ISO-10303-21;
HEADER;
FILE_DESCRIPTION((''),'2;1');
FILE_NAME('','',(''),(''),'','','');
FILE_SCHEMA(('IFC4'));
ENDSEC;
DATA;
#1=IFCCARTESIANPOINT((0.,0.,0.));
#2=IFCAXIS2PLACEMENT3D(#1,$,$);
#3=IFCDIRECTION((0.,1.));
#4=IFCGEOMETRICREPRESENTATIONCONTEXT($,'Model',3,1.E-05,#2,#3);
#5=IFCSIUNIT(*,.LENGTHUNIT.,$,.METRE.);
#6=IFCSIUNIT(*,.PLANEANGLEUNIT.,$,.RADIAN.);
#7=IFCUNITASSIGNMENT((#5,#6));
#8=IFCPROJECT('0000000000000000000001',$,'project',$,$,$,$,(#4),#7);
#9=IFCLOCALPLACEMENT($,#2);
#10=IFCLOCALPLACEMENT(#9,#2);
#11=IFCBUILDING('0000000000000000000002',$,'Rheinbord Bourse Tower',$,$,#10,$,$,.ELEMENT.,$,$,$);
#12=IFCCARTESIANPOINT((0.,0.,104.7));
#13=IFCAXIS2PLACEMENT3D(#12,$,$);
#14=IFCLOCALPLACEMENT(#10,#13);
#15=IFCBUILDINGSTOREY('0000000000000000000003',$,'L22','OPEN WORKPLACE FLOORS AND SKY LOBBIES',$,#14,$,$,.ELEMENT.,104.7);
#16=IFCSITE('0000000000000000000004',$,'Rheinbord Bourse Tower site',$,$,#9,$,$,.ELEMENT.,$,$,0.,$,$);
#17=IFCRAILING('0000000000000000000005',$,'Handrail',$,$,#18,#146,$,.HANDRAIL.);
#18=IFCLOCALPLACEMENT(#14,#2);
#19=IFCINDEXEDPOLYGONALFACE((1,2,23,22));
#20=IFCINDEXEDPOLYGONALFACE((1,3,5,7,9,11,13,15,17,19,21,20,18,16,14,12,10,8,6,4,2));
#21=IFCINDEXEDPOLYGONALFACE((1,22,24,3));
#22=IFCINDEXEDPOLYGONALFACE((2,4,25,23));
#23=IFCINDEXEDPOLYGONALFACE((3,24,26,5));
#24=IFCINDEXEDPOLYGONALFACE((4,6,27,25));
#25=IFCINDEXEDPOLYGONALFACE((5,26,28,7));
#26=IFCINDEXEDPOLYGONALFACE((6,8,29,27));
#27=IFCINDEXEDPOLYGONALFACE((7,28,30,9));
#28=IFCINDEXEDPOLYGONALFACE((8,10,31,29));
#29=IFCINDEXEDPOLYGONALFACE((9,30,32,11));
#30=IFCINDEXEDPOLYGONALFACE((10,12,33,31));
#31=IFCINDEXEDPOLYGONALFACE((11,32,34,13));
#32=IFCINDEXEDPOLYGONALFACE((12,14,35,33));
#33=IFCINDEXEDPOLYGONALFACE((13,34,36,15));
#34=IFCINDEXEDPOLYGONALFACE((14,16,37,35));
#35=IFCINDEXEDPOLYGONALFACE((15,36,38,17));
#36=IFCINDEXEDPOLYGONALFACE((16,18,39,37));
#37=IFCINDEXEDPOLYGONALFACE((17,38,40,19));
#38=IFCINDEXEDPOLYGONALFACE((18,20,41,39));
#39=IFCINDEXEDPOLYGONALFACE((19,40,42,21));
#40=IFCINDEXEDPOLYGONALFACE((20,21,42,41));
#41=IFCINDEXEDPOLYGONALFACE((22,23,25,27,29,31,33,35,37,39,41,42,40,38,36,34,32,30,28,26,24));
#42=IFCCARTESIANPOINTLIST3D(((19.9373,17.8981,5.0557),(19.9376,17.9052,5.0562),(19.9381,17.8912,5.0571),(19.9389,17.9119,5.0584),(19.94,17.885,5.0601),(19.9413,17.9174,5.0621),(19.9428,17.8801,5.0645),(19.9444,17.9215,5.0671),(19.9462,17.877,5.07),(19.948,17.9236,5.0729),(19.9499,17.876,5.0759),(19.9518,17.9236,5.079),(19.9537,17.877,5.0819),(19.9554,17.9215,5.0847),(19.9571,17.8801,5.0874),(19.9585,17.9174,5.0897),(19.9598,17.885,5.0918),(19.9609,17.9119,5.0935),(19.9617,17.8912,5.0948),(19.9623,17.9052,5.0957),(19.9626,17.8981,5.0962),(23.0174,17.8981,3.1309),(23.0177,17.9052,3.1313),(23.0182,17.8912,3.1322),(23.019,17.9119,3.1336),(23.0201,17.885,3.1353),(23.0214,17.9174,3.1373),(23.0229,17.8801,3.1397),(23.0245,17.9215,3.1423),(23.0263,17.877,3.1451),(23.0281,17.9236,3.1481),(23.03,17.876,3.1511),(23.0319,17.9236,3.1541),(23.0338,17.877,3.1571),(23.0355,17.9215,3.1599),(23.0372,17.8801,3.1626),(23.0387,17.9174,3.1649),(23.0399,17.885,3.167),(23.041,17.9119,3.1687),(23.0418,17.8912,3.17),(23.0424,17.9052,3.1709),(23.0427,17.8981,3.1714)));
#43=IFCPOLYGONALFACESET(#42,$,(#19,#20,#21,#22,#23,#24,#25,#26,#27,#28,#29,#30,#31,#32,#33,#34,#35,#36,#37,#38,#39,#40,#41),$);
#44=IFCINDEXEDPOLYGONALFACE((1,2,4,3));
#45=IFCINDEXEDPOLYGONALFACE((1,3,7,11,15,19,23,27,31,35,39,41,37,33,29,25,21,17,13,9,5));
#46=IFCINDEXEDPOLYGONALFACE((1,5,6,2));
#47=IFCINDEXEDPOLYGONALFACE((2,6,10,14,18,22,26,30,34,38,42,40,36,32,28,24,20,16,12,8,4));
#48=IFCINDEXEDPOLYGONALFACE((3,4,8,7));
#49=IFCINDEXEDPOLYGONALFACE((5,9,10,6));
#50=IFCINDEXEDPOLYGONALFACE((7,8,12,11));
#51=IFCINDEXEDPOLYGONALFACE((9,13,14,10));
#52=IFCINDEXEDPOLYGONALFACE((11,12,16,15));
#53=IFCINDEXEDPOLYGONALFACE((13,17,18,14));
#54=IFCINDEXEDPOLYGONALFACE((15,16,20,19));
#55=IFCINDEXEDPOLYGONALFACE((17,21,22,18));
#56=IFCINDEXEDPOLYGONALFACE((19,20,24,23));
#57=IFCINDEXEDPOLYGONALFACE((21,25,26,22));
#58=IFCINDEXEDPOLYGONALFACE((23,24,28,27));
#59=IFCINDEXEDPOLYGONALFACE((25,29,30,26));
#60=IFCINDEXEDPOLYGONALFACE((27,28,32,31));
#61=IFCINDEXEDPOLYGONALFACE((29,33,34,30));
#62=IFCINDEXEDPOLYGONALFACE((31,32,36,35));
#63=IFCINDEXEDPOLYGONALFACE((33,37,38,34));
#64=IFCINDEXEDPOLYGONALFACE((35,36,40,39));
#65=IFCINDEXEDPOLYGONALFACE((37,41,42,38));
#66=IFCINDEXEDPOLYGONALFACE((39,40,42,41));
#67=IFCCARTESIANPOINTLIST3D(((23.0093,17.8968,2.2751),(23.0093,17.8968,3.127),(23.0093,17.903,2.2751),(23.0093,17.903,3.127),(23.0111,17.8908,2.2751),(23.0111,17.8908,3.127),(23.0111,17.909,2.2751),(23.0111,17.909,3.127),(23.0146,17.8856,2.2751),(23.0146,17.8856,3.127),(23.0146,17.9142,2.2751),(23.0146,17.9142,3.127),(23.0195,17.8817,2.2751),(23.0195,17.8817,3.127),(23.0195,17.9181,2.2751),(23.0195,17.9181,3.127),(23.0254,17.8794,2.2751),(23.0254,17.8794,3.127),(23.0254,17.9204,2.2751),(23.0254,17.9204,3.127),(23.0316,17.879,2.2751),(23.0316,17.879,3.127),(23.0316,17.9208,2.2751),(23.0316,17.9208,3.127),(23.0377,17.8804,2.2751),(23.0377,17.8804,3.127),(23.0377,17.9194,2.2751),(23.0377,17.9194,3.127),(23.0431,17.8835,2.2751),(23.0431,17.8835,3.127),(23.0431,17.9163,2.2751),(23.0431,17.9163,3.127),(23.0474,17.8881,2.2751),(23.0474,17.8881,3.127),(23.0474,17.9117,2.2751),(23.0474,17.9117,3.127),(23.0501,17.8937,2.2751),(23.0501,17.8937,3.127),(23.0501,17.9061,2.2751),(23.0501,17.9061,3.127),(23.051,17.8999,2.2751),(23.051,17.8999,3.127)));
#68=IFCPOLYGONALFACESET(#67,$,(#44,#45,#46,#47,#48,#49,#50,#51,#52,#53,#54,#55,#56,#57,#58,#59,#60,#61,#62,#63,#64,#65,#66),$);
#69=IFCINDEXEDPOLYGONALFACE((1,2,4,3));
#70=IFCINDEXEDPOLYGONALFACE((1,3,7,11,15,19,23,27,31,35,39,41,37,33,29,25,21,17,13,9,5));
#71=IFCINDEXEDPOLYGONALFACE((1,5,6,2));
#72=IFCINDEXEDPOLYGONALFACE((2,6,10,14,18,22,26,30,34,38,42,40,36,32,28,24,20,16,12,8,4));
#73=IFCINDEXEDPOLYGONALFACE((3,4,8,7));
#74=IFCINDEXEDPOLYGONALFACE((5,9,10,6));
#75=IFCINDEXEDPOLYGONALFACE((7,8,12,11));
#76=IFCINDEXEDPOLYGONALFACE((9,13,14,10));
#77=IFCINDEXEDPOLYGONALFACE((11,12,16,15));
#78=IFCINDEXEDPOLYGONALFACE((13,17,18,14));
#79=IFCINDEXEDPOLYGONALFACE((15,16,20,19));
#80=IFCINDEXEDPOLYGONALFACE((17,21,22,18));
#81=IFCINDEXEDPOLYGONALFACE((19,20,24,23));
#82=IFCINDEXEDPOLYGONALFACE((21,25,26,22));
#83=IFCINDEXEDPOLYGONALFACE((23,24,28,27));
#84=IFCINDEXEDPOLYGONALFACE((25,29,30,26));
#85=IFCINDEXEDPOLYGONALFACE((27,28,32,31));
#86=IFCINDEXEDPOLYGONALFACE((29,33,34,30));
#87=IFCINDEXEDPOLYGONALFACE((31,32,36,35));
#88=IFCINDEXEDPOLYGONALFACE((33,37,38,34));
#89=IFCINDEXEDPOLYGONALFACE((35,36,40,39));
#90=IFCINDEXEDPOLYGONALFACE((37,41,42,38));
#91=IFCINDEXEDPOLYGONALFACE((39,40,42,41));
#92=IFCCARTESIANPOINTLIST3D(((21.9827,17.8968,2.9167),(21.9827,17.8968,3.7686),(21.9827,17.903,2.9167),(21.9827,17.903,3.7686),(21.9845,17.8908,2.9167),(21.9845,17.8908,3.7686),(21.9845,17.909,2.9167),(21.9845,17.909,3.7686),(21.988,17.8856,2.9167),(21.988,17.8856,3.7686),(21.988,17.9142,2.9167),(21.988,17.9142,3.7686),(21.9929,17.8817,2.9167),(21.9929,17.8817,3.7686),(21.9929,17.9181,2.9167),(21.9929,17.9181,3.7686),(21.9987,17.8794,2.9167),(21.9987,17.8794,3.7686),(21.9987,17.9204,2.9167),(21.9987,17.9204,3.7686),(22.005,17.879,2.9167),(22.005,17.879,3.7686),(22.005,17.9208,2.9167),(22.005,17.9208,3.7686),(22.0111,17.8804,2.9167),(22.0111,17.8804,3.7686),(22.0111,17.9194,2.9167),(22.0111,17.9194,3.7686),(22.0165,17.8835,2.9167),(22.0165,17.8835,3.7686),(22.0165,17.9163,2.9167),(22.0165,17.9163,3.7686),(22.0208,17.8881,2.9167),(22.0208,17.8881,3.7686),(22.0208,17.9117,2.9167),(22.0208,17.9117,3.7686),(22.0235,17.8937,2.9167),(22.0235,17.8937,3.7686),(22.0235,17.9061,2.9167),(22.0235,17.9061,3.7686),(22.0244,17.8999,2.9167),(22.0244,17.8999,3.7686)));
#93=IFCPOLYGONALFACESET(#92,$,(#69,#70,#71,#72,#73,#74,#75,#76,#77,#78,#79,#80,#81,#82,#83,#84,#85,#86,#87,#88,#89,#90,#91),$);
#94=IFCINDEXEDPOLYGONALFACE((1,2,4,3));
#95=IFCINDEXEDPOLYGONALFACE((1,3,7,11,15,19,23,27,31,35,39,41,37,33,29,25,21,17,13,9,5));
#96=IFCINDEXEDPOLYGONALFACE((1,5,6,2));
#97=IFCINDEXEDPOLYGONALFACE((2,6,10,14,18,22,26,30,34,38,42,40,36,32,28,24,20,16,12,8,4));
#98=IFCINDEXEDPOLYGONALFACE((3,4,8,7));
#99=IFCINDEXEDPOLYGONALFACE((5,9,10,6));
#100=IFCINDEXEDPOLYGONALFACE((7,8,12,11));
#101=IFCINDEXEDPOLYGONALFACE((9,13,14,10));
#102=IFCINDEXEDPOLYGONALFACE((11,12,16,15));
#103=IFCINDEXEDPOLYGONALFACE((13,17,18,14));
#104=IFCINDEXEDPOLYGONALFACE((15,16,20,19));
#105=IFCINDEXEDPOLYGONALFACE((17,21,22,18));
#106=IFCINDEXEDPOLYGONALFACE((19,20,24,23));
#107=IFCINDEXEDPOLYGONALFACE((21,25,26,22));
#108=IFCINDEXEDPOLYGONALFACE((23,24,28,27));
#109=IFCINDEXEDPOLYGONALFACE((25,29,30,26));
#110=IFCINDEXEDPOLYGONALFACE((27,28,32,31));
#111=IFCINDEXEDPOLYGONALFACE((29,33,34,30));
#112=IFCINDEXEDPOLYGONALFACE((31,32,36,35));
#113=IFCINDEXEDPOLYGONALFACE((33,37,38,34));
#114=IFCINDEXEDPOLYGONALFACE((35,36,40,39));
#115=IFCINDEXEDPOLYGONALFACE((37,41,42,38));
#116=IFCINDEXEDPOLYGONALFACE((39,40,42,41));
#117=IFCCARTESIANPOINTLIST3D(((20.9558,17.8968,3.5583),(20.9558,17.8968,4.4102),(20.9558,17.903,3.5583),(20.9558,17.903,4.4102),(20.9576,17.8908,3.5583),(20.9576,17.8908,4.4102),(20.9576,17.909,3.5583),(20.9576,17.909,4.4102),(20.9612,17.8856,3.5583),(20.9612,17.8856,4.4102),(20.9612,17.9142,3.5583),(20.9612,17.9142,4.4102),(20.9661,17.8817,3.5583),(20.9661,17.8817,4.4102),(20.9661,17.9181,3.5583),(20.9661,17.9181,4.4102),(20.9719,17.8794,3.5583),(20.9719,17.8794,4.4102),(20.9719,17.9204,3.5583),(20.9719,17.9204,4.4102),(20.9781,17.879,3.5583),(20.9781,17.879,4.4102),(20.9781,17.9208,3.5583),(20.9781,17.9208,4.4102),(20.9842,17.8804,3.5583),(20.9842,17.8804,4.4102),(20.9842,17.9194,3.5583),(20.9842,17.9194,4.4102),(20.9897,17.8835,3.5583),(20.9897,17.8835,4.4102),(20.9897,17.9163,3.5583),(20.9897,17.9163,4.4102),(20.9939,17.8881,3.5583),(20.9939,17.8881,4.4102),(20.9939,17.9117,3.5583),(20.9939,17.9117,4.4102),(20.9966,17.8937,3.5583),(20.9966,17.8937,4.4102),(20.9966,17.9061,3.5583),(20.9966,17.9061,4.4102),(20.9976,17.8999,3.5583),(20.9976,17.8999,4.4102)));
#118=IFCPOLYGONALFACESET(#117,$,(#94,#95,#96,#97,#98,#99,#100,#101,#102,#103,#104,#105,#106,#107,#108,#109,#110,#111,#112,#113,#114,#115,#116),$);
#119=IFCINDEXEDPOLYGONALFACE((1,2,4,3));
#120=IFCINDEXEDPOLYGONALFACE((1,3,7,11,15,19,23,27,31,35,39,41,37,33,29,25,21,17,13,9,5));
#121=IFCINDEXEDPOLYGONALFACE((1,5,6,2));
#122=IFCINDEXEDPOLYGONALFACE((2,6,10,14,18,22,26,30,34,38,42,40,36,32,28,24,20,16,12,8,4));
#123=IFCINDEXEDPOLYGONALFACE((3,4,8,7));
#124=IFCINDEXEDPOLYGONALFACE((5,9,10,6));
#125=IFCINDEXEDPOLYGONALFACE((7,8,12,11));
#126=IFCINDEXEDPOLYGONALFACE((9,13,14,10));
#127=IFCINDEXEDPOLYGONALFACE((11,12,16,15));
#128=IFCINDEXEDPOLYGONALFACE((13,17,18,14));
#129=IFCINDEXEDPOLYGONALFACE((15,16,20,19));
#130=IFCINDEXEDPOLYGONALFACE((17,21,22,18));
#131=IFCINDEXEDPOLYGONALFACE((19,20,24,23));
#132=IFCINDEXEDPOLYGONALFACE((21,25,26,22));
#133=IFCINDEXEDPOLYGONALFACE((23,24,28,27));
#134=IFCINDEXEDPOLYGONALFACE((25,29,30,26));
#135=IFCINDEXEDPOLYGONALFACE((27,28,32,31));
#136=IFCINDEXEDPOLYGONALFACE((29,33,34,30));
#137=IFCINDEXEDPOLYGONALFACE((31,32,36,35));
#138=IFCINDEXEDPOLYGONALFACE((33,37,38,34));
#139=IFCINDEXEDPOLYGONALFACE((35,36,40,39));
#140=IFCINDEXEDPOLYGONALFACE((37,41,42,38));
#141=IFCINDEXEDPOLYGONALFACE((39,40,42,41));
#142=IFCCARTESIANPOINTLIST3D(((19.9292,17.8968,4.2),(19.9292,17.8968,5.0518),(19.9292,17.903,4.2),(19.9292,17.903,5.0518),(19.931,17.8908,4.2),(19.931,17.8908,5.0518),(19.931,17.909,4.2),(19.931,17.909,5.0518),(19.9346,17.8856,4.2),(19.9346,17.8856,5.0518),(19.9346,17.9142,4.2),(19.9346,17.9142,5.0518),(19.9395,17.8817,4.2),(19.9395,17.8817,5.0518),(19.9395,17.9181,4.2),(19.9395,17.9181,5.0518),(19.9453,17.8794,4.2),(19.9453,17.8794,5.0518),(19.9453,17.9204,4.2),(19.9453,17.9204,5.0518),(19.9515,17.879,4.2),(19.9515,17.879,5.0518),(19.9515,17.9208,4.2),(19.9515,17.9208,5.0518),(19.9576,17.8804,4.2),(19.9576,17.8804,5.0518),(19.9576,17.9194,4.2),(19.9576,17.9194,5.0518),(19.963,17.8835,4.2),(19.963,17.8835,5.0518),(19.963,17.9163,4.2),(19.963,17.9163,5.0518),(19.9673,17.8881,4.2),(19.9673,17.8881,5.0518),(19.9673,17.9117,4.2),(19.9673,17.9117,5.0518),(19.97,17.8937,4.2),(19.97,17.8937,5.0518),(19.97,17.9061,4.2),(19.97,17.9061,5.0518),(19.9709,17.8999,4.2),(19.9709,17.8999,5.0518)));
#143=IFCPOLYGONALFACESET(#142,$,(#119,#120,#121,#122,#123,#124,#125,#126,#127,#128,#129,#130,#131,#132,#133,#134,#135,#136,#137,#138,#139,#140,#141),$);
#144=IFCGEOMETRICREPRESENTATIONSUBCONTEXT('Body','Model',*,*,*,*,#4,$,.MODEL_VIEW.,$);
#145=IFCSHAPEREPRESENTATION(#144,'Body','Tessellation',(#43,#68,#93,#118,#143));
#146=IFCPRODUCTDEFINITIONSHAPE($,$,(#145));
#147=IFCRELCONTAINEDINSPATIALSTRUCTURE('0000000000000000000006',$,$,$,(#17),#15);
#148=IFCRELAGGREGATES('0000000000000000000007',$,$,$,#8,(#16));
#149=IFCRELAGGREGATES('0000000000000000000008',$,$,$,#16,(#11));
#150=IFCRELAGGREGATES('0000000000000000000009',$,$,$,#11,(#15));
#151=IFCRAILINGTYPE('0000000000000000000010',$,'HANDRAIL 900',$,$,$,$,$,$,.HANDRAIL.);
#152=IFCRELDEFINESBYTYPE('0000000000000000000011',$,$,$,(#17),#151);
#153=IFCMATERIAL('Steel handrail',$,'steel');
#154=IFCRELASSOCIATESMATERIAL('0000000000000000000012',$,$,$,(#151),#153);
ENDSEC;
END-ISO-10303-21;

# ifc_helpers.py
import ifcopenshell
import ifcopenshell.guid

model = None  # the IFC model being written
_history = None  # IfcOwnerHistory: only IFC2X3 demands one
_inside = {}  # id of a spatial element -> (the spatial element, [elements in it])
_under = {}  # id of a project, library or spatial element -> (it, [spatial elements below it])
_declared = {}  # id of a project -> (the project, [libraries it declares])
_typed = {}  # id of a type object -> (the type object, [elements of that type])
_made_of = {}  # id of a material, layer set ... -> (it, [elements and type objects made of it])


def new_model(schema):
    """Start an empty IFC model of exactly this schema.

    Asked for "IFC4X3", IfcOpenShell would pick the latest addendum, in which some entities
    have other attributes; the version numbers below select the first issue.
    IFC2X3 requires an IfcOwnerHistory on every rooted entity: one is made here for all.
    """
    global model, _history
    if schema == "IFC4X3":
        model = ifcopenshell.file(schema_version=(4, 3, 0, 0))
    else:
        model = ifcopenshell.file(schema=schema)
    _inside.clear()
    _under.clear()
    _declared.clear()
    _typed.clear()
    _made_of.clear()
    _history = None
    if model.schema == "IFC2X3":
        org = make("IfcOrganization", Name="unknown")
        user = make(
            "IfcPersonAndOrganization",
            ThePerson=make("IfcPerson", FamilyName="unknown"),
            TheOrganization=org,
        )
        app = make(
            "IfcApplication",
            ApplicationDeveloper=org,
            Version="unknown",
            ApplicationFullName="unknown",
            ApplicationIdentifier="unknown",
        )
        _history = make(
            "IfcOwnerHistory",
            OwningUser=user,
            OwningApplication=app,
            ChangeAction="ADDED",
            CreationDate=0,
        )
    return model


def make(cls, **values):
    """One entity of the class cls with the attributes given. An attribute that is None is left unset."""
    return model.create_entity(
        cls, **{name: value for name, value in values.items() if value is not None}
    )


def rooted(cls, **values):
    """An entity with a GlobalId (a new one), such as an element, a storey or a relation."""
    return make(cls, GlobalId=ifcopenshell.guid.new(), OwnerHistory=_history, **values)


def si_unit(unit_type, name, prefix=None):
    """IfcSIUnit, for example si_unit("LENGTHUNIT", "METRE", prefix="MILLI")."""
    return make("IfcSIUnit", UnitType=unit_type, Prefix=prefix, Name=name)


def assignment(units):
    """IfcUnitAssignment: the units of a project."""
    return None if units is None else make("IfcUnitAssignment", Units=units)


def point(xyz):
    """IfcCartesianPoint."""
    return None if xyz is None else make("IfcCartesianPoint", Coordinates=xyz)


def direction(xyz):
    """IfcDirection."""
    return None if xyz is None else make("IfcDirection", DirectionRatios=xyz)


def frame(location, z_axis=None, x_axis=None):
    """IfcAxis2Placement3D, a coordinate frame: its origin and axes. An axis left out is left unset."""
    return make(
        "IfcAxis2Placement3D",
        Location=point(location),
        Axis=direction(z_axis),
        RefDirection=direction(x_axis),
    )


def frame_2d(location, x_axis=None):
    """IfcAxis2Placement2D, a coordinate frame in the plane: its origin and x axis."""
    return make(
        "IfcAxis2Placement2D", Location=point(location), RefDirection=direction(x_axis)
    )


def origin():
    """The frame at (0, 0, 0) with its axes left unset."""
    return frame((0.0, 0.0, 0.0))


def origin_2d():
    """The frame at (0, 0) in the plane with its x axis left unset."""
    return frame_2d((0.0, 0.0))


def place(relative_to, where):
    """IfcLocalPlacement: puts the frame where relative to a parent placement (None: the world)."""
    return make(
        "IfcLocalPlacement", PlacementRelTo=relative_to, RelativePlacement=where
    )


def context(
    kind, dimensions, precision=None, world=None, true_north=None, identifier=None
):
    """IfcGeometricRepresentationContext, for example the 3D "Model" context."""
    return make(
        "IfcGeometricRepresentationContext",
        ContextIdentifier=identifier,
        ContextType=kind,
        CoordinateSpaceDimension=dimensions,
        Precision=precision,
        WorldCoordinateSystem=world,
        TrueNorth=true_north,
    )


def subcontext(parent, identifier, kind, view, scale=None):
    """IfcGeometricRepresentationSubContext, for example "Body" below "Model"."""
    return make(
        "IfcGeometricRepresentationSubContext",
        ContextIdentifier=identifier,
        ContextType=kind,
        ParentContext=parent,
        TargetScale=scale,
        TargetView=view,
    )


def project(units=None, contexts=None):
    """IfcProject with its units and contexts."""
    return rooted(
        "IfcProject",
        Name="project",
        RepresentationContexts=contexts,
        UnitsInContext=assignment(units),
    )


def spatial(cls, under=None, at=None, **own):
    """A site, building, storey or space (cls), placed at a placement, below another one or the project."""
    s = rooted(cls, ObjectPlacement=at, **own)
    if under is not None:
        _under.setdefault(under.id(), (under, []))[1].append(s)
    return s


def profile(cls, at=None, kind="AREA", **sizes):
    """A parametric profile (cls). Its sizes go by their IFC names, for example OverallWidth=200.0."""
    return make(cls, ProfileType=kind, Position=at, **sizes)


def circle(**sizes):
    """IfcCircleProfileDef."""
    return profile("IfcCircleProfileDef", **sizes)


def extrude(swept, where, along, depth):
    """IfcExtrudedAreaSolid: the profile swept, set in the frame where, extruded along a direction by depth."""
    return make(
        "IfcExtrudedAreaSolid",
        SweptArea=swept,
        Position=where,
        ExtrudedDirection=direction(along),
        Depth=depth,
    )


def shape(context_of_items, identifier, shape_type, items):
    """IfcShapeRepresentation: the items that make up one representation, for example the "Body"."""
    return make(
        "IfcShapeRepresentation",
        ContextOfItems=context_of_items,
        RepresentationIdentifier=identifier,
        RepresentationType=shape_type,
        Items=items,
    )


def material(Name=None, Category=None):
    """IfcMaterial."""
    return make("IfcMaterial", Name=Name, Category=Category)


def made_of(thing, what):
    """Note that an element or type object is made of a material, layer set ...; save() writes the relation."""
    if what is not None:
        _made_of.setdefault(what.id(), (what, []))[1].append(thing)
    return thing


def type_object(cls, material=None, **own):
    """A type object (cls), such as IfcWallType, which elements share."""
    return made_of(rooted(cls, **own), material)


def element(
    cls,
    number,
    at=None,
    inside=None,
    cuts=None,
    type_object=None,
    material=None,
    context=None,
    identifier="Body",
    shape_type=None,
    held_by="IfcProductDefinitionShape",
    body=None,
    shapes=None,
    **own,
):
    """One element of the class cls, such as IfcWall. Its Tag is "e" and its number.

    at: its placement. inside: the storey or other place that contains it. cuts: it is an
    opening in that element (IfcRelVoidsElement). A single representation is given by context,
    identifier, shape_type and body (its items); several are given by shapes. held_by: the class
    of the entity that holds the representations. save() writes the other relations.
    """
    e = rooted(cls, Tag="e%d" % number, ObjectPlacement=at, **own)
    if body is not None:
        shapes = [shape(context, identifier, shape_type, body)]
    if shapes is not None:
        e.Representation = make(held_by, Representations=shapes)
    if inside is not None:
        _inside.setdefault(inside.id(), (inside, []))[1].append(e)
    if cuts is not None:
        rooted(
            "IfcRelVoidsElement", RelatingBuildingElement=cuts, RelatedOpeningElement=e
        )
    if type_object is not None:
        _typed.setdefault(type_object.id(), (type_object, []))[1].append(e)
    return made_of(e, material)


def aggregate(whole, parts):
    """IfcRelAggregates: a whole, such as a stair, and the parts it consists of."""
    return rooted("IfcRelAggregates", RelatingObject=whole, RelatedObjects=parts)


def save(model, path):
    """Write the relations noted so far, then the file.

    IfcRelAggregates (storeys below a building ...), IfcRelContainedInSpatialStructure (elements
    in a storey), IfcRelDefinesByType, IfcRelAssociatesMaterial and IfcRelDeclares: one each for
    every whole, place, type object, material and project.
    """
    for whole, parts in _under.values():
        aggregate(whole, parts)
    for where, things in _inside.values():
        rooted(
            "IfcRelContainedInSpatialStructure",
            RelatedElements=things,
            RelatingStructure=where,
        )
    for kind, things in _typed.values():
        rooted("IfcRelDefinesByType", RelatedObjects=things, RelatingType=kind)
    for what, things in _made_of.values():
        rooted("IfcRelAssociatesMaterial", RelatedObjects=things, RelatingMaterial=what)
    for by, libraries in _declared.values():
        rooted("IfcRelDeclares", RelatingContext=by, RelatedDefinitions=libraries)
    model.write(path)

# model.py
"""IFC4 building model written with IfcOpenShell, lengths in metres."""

from ifc_helpers import new_model, si_unit, direction, frame, origin, origin_2d, place, context, subcontext, project, spatial, circle, extrude, material, type_object, element, save


model = new_model("IFC4")

# Units and contexts
model_context = context("Model", 3, precision=1e-05, world=origin(), true_north=direction((0.0, 1.0)))
body_context = subcontext(model_context, "Body", "Model", "MODEL_VIEW")
ifc_project = project(units=[si_unit("LENGTHUNIT", "METRE"), si_unit("PLANEANGLEUNIT", "RADIAN")], contexts=[model_context])

# Site, building, storey
site_placement = place(None, origin())
site = spatial("IfcSite", under=ifc_project, at=site_placement, Name="Rheinbord Bourse Tower site", CompositionType="ELEMENT", RefElevation=0.0)
building_placement = place(site_placement, origin())
building = spatial("IfcBuilding", under=site, at=building_placement, Name="Rheinbord Bourse Tower", CompositionType="ELEMENT")
storey_placement = place(building_placement, frame((0.0, 0.0, 104.7)))
storey = spatial("IfcBuildingStorey", under=building, at=storey_placement, Name="L22", Description="OPEN WORKPLACE FLOORS AND SKY LOBBIES", CompositionType="ELEMENT", Elevation=104.7)

# Railing
ifc_material_1 = material(Name="Steel handrail", Category="steel")
railing_type = type_object("IfcRailingType", Name="HANDRAIL 900", PredefinedType="HANDRAIL", material=ifc_material_1)
railing_1_placement = place(storey_placement, frame((23.03, 17.8999, 2.2751)))
element("IfcRailing", 1, at=railing_1_placement, inside=storey, type_object=railing_type, Name="Handrail", PredefinedType="HANDRAIL", context=body_context, shape_type="SweptSolid", body=[
    extrude(circle(Radius=0.0239, at=origin_2d()), frame((0.0, 0.0, 0.876), z_axis=(-0.848029, 0.0, 0.529951), x_axis=(0.0, -1.0, 0.0)), (0.0, 0.0, 1.0), 3.6321),
    extrude(circle(Radius=0.021, at=origin_2d()), origin(), (0.0, 0.0, 1.0), 0.8518),
    extrude(circle(Radius=0.021, at=origin_2d()), frame((-1.0266, 0.0, 0.6416)), (0.0, 0.0, 1.0), 0.8518),
    extrude(circle(Radius=0.021, at=origin_2d()), frame((-2.0535, 0.0, 1.2832)), (0.0, 0.0, 1.0), 0.8518),
    extrude(circle(Radius=0.021, at=origin_2d()), frame((-3.0801, 0.0, 1.9248)), (0.0, 0.0, 1.0), 0.8518),
])

save(model, "model.ifc")
